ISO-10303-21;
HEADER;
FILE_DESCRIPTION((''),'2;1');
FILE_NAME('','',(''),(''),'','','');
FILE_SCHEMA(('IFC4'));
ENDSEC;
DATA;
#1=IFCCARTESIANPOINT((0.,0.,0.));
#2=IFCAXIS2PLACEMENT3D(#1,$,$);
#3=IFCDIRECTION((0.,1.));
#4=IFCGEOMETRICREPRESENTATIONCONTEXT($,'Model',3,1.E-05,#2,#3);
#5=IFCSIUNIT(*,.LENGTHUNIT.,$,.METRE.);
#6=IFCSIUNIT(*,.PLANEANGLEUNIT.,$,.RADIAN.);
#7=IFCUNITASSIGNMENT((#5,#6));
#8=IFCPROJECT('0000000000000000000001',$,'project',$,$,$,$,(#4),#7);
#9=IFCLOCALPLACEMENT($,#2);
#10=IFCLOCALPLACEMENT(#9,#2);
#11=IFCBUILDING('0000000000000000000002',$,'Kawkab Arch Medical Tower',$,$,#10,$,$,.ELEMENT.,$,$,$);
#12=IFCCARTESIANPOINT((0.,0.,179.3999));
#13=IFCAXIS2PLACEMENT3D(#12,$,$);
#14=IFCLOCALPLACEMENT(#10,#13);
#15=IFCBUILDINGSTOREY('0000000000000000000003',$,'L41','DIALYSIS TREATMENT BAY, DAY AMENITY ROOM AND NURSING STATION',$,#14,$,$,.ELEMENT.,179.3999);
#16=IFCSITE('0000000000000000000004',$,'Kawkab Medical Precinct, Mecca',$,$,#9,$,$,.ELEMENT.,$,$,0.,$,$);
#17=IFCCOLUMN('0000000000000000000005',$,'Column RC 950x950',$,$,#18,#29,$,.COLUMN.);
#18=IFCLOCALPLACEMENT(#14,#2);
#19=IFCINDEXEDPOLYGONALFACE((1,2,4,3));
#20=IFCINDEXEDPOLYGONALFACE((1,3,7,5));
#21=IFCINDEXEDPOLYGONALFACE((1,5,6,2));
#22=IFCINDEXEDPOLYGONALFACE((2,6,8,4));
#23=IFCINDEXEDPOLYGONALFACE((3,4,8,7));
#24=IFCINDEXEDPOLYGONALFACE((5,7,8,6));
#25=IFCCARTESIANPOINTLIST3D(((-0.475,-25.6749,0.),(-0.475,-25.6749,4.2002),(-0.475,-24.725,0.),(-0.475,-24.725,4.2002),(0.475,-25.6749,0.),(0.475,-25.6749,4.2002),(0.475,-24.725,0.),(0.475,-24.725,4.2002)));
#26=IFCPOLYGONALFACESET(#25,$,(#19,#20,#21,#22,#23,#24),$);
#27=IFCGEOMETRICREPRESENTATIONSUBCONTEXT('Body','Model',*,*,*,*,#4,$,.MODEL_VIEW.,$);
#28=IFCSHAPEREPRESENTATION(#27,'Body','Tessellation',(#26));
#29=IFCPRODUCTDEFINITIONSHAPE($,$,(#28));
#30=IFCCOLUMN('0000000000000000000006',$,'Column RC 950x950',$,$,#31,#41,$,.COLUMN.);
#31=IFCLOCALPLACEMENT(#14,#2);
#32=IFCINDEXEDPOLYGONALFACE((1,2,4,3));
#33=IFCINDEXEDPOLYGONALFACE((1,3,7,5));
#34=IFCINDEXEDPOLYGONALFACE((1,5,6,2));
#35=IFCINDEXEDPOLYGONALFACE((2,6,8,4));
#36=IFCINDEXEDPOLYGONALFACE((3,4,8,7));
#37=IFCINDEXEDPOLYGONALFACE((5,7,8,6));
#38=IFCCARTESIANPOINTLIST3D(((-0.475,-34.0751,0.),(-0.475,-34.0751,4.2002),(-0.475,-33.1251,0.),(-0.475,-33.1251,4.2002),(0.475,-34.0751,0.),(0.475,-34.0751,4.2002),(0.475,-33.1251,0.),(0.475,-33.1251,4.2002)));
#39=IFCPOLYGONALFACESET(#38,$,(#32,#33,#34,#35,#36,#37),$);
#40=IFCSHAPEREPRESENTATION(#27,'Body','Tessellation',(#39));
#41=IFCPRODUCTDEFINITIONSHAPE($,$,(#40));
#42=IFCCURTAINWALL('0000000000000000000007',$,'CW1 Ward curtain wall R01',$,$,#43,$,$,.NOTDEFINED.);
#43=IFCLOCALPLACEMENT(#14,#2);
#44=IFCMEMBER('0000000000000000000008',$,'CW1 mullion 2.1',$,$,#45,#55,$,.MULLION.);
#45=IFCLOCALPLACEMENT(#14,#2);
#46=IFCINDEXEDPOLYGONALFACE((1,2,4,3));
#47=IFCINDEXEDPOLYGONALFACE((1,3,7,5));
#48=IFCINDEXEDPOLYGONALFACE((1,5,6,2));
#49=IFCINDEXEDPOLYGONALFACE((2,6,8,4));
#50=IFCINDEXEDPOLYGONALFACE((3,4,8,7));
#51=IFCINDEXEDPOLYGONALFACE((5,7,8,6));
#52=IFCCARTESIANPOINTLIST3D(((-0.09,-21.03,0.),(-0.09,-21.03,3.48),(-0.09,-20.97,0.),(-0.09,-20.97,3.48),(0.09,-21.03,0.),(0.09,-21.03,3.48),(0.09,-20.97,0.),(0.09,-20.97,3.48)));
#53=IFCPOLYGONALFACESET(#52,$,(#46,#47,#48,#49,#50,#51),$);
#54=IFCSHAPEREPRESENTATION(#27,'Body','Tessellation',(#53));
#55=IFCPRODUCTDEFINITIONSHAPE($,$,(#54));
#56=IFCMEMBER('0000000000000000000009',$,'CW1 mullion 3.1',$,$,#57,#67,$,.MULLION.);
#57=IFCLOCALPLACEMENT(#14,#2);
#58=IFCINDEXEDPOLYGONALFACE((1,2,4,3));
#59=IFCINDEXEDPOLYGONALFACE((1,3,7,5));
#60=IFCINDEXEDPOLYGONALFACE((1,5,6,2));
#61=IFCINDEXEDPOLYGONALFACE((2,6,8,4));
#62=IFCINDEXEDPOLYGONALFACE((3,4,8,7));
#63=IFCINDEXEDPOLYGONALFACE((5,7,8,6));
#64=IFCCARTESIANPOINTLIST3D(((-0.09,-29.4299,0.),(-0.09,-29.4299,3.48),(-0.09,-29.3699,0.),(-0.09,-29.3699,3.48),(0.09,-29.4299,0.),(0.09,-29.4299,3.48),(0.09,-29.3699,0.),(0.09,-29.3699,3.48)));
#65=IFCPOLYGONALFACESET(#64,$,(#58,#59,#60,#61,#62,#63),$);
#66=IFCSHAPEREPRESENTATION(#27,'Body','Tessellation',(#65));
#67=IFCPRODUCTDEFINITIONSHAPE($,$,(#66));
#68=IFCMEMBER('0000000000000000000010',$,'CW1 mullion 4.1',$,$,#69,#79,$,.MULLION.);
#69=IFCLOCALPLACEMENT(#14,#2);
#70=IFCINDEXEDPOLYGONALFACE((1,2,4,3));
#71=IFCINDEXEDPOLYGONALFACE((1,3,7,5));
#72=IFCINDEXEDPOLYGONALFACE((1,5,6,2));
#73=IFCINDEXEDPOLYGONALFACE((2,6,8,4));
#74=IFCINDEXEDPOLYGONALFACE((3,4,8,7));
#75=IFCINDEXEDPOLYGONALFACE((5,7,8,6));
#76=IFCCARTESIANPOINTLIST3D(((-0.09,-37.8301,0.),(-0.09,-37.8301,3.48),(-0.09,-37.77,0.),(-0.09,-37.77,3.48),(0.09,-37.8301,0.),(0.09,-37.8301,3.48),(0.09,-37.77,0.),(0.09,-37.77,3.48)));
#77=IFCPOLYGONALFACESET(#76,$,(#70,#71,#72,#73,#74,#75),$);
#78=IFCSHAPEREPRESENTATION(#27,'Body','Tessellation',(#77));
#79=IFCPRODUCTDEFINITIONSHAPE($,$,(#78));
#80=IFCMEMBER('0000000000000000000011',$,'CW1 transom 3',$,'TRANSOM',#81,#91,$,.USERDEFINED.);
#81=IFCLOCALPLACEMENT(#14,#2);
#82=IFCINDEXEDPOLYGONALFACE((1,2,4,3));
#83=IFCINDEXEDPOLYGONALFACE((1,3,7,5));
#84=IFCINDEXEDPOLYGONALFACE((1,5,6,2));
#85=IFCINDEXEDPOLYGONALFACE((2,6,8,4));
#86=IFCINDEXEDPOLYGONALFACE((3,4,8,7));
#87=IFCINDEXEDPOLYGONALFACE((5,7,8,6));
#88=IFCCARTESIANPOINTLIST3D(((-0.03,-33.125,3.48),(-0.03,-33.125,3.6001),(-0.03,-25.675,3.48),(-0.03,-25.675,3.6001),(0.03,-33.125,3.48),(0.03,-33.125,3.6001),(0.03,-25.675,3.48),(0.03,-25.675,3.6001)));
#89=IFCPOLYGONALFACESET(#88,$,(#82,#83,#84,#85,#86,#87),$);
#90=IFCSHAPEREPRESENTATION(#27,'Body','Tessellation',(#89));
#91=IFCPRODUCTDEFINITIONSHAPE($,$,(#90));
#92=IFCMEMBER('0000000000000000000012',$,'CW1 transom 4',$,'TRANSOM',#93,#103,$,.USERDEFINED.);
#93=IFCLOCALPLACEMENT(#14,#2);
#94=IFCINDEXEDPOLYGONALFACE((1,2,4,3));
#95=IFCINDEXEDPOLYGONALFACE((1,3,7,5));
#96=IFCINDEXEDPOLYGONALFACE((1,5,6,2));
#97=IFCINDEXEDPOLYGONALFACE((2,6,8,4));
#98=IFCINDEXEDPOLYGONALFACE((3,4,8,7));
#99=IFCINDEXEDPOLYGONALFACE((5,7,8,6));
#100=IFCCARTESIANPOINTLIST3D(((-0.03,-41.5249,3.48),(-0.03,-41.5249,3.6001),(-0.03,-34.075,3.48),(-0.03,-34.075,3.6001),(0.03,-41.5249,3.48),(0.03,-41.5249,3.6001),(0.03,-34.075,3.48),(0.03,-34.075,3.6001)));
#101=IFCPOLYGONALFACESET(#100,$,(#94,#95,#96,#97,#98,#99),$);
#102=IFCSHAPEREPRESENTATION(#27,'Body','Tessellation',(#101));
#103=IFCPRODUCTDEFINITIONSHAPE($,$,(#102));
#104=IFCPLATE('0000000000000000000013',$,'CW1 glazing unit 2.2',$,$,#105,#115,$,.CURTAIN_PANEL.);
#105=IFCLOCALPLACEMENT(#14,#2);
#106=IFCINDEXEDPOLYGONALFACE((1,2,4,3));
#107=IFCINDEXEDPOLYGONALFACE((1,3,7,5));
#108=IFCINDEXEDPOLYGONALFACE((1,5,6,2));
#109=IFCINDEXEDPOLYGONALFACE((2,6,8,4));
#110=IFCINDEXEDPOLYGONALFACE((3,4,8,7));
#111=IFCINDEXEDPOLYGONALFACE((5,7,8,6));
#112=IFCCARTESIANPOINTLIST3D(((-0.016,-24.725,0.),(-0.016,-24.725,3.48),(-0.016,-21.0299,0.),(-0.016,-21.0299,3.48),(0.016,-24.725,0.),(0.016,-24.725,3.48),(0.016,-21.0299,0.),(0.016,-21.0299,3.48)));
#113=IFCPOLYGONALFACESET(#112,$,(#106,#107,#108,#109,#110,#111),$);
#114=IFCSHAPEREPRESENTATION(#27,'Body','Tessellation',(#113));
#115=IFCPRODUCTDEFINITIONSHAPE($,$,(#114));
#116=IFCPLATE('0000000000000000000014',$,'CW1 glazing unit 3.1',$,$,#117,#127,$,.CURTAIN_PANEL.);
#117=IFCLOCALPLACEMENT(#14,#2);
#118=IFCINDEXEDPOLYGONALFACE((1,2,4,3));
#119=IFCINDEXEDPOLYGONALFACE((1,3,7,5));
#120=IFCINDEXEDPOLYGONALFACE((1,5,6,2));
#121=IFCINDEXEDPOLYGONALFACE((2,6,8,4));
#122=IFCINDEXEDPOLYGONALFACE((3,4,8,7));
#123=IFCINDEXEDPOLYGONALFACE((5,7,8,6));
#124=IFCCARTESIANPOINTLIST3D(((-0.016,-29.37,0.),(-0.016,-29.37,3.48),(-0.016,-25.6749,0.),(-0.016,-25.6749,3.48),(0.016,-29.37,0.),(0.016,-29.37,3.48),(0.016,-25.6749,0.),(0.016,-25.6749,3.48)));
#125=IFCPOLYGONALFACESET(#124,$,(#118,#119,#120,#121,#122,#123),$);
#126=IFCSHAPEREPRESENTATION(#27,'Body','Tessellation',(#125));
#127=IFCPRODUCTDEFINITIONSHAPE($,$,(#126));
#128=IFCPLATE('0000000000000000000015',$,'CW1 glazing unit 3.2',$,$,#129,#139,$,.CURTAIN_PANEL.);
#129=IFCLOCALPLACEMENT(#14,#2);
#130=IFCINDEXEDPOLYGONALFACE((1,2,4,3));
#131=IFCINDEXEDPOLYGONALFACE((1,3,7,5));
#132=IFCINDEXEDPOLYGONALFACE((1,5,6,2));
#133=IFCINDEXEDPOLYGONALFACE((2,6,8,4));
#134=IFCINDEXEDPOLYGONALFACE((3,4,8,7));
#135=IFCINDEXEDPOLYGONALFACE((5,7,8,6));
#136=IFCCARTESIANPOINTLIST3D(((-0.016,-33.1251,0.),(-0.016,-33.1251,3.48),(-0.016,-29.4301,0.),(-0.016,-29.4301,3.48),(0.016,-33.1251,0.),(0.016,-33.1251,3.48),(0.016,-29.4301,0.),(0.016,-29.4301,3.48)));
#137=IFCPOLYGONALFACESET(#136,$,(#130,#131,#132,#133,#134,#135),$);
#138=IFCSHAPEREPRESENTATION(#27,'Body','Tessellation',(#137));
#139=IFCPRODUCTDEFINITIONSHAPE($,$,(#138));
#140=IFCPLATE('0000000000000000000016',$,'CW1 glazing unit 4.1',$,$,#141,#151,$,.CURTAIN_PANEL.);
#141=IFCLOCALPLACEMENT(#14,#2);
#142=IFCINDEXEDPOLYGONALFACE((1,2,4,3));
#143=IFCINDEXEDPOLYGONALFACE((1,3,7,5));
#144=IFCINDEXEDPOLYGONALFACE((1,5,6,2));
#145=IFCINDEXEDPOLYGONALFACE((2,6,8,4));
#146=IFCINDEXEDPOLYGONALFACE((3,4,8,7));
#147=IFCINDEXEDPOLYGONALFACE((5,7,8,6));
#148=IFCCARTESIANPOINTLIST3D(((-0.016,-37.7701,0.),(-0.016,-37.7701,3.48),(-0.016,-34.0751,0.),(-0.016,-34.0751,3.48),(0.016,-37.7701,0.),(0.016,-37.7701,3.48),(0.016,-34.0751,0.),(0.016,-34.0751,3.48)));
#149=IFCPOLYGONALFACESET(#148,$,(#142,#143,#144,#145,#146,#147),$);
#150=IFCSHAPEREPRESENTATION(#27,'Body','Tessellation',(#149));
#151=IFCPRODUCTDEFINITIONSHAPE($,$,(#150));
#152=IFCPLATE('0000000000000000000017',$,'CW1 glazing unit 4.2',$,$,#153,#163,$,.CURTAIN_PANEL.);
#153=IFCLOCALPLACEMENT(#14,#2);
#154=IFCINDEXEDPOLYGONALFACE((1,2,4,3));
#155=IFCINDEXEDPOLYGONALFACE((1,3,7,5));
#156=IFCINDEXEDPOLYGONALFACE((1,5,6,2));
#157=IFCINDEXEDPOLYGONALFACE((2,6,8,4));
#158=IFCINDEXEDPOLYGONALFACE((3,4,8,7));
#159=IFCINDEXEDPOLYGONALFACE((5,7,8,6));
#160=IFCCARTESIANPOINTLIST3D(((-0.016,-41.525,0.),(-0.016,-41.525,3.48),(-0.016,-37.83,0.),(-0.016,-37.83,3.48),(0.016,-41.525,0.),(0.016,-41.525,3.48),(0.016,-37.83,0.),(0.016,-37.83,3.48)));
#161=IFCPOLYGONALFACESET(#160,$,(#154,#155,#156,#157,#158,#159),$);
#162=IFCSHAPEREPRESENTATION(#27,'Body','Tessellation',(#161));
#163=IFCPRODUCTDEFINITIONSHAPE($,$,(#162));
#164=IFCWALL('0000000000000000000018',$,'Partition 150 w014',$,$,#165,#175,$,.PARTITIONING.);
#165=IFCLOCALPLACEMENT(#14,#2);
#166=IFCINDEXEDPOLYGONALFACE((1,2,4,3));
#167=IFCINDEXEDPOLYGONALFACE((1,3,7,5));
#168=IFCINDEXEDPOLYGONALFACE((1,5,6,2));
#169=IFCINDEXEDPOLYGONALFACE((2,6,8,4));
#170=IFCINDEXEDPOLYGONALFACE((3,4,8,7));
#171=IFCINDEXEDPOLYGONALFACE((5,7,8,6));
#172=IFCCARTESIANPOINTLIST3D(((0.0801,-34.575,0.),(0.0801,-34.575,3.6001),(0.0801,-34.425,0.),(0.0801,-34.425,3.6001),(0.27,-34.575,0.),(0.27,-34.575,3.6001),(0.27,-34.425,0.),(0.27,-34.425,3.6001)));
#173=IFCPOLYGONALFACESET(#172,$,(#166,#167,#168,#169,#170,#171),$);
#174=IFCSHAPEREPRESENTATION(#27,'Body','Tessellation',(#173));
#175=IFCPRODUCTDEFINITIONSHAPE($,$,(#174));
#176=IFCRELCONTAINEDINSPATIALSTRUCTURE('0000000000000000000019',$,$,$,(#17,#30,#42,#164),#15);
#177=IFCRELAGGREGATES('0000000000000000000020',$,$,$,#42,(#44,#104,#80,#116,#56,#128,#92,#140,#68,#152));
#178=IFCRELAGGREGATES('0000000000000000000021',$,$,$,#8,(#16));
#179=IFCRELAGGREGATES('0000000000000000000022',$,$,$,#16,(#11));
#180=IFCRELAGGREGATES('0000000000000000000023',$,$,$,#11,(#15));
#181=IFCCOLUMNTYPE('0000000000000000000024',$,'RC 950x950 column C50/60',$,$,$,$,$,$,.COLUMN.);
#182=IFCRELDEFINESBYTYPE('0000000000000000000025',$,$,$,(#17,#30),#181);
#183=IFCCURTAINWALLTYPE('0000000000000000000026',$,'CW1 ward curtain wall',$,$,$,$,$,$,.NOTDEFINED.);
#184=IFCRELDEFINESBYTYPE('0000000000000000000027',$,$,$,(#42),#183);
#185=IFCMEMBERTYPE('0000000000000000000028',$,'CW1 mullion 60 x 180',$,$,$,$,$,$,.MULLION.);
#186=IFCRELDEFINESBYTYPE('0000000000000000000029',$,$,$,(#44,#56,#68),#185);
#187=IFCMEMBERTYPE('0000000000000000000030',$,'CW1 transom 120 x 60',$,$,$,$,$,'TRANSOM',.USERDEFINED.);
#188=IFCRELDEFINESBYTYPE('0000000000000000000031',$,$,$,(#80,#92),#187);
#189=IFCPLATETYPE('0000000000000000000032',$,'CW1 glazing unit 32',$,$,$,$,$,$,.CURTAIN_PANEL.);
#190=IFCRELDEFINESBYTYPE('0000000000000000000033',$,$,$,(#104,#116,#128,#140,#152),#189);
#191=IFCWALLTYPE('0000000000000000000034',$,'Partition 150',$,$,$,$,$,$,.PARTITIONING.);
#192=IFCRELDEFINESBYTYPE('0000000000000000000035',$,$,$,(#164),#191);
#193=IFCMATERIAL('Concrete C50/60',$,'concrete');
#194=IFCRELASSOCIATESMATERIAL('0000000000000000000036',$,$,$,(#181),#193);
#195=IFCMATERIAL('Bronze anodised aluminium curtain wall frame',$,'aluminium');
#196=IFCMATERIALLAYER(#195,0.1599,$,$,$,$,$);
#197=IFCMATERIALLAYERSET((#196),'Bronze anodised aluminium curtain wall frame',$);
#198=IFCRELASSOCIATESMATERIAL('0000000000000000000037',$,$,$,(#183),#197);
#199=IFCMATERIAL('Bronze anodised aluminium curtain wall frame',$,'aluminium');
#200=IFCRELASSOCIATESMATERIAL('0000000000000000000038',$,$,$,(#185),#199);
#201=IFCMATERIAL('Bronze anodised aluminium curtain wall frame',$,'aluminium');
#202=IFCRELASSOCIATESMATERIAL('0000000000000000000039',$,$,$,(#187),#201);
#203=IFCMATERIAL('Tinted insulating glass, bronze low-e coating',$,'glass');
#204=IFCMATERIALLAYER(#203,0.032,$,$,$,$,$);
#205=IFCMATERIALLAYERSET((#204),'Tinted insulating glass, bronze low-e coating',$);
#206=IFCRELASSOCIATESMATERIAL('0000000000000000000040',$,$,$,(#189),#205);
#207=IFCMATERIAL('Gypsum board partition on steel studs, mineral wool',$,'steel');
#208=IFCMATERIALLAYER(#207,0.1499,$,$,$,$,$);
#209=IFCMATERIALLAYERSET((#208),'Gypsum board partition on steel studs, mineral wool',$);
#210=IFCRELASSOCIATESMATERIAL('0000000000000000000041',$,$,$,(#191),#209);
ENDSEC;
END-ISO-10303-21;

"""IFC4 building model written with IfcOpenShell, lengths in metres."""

from ifc_helpers import new_model, si_unit, direction, frame, frame_2d, origin, origin_2d, place, context, subcontext, project, spatial, rectangle, extrude, material, layer, layer_set, material_profile, profile_set, type_object, element, aggregate, save


model = new_model("IFC4")

# Units and contexts
model_context = context("Model", 3, precision=1e-05, world=origin(), true_north=direction((0.0, 1.0)))
body_context = subcontext(model_context, "Body", "Model", "MODEL_VIEW")
ifc_project = project(units=[si_unit("LENGTHUNIT", "METRE"), si_unit("PLANEANGLEUNIT", "RADIAN")], contexts=[model_context])

# Site, building, storey
site_placement = place(None, origin())
site = spatial("IfcSite", under=ifc_project, at=site_placement, Name="Kawkab Medical Precinct, Mecca", CompositionType="ELEMENT", RefElevation=0.0)
building_placement = place(site_placement, origin())
building = spatial("IfcBuilding", under=site, at=building_placement, Name="Kawkab Arch Medical Tower", CompositionType="ELEMENT")
storey_placement = place(building_placement, frame((0.0, 0.0, 179.3999)))
storey = spatial("IfcBuildingStorey", under=building, at=storey_placement, Name="L41", Description="DIALYSIS TREATMENT BAY, DAY AMENITY ROOM AND NURSING STATION", CompositionType="ELEMENT", Elevation=179.3999)

# Columns
ifc_material_1 = material(Name="Concrete C50/60", Category="concrete")
ifc_material_profile_1 = material_profile(ifc_material_1, rectangle(XDim=0.95, YDim=0.95, at=origin_2d()), Name="RC 950x950")
ifc_profile_set_1 = profile_set([ifc_material_profile_1], Name="Concrete C50/60")
column_type = type_object("IfcColumnType", Name="RC 950x950 column C50/60", PredefinedType="COLUMN", material=ifc_profile_set_1)
for number, where, z_axis, x_axis, name in (
    (1, (0.0, -25.2, 0.0), (0.0, 0.0, 1.0), (1.0, 0.0, 0.0), "Column RC 950x950"),
    (2, (0.0, -33.6001, 0.0), (0.0, 0.0, 1.0), (1.0, 0.0, 0.0), "Column RC 950x950"),
):
    element("IfcColumn", number, at=place(storey_placement, frame(where, z_axis=z_axis, x_axis=x_axis)), inside=storey, type_object=column_type, Name=name, PredefinedType="COLUMN", context=body_context, shape_type="SweptSolid", body=[
        extrude(rectangle(XDim=0.95, YDim=0.95, at=origin_2d()), origin(), (0.0, 0.0, 1.0), 4.2002),
    ])

# Curtain wall, members, plates
ifc_material_2 = material(Name="Bronze anodised aluminium curtain wall frame", Category="aluminium")
ifc_layer_1 = layer(ifc_material_2, 0.1599)
ifc_layer_set_1 = layer_set([ifc_layer_1], Name="Bronze anodised aluminium curtain wall frame")
curtain_wall_type = type_object("IfcCurtainWallType", Name="CW1 ward curtain wall", PredefinedType="NOTDEFINED", material=ifc_layer_set_1)
curtain_wall_placement = place(storey_placement, origin())
curtain_wall = element("IfcCurtainWall", 3, at=curtain_wall_placement, inside=storey, type_object=curtain_wall_type, Name="CW1 Ward curtain wall R01", PredefinedType="NOTDEFINED")
ifc_material_3 = material(Name="Bronze anodised aluminium curtain wall frame", Category="aluminium")
ifc_material_profile_2 = material_profile(ifc_material_3, rectangle(XDim=0.1799, YDim=0.0601, at=origin_2d()), Name="AL 60x180")
ifc_profile_set_2 = profile_set([ifc_material_profile_2], Name="Bronze anodised aluminium curtain wall frame")
member_type_1 = type_object("IfcMemberType", Name="CW1 mullion 60 x 180", PredefinedType="MULLION", material=ifc_profile_set_2)
member_1_placement = place(storey_placement, frame((0.0, -21.0, 0.0), z_axis=(0.0, 0.0, 1.0), x_axis=(1.0, 0.0, 0.0)))
member_1 = element("IfcMember", 4, at=member_1_placement, type_object=member_type_1, Name="CW1 mullion 2.1", PredefinedType="MULLION", context=body_context, shape_type="SweptSolid", body=[
    extrude(rectangle(XDim=0.1799, YDim=0.0601, at=origin_2d()), origin(), (0.0, 0.0, 1.0), 3.48),
])
member_2_placement = place(storey_placement, frame((0.0, -29.3999, 0.0), z_axis=(0.0, 0.0, 1.0), x_axis=(1.0, 0.0, 0.0)))
member_2 = element("IfcMember", 5, at=member_2_placement, type_object=member_type_1, Name="CW1 mullion 3.1", PredefinedType="MULLION", context=body_context, shape_type="SweptSolid", body=[
    extrude(rectangle(XDim=0.1799, YDim=0.0601, at=origin_2d()), origin(), (0.0, 0.0, 1.0), 3.48),
])
member_3_placement = place(storey_placement, frame((0.0, -37.8, 0.0), z_axis=(0.0, 0.0, 1.0), x_axis=(1.0, 0.0, 0.0)))
member_3 = element("IfcMember", 6, at=member_3_placement, type_object=member_type_1, Name="CW1 mullion 4.1", PredefinedType="MULLION", context=body_context, shape_type="SweptSolid", body=[
    extrude(rectangle(XDim=0.1799, YDim=0.0601, at=origin_2d()), origin(), (0.0, 0.0, 1.0), 3.48),
])
ifc_material_4 = material(Name="Bronze anodised aluminium curtain wall frame", Category="aluminium")
ifc_material_profile_3 = material_profile(ifc_material_4, rectangle(XDim=0.0601, YDim=0.1201, at=origin_2d()), Name="AL 60x120")
ifc_profile_set_3 = profile_set([ifc_material_profile_3], Name="Bronze anodised aluminium curtain wall frame")
member_type_2 = type_object("IfcMemberType", Name="CW1 transom 120 x 60", ElementType="TRANSOM", PredefinedType="USERDEFINED", material=ifc_profile_set_3)
member_4_placement = place(storey_placement, frame((0.0, -25.675, 3.54), z_axis=(0.0, -1.0, 0.0), x_axis=(1.0, 0.0, 0.0)))
member_4 = element("IfcMember", 7, at=member_4_placement, type_object=member_type_2, Name="CW1 transom 3", ObjectType="TRANSOM", PredefinedType="USERDEFINED", context=body_context, shape_type="SweptSolid", body=[
    extrude(rectangle(XDim=0.0601, YDim=0.1201, at=origin_2d()), origin(), (0.0, 0.0, 1.0), 7.45),
])
member_5_placement = place(storey_placement, frame((0.0, -34.075, 3.54), z_axis=(0.0, -1.0, 0.0), x_axis=(1.0, 0.0, 0.0)))
member_5 = element("IfcMember", 8, at=member_5_placement, type_object=member_type_2, Name="CW1 transom 4", ObjectType="TRANSOM", PredefinedType="USERDEFINED", context=body_context, shape_type="SweptSolid", body=[
    extrude(rectangle(XDim=0.0601, YDim=0.1201, at=origin_2d()), origin(), (0.0, 0.0, 1.0), 7.45),
])
ifc_material_5 = material(Name="Tinted insulating glass, bronze low-e coating", Category="glass")
ifc_layer_2 = layer(ifc_material_5, 0.032)
ifc_layer_set_2 = layer_set([ifc_layer_2], Name="Tinted insulating glass, bronze low-e coating")
plate_type = type_object("IfcPlateType", Name="CW1 glazing unit 32", PredefinedType="CURTAIN_PANEL", material=ifc_layer_set_2)
plate_1_placement = place(storey_placement, frame((0.0, -22.8774, 0.0), z_axis=(0.0, 0.0, 1.0), x_axis=(0.0, -1.0, 0.0)))
plate_1 = element("IfcPlate", 9, at=plate_1_placement, type_object=plate_type, Name="CW1 glazing unit 2.2", PredefinedType="CURTAIN_PANEL", context=body_context, shape_type="SweptSolid", body=[
    extrude(rectangle(XDim=3.6951, YDim=0.032, at=origin_2d()), origin(), (0.0, 0.0, 1.0), 3.48),
])
plate_2_placement = place(storey_placement, frame((0.0, -27.5225, 0.0), z_axis=(0.0, 0.0, 1.0), x_axis=(0.0, -1.0, 0.0)))
plate_2 = element("IfcPlate", 10, at=plate_2_placement, type_object=plate_type, Name="CW1 glazing unit 3.1", PredefinedType="CURTAIN_PANEL", context=body_context, shape_type="SweptSolid", body=[
    extrude(rectangle(XDim=3.6951, YDim=0.032, at=origin_2d()), origin(), (0.0, 0.0, 1.0), 3.48),
])
plate_3_placement = place(storey_placement, frame((0.0, -31.2776, 0.0), z_axis=(0.0, 0.0, 1.0), x_axis=(0.0, -1.0, 0.0)))
plate_3 = element("IfcPlate", 11, at=plate_3_placement, type_object=plate_type, Name="CW1 glazing unit 3.2", PredefinedType="CURTAIN_PANEL", context=body_context, shape_type="SweptSolid", body=[
    extrude(rectangle(XDim=3.6951, YDim=0.032, at=origin_2d()), origin(), (0.0, 0.0, 1.0), 3.48),
])
plate_4_placement = place(storey_placement, frame((0.0, -35.9226, 0.0), z_axis=(0.0, 0.0, 1.0), x_axis=(0.0, -1.0, 0.0)))
plate_4 = element("IfcPlate", 12, at=plate_4_placement, type_object=plate_type, Name="CW1 glazing unit 4.1", PredefinedType="CURTAIN_PANEL", context=body_context, shape_type="SweptSolid", body=[
    extrude(rectangle(XDim=3.6951, YDim=0.032, at=origin_2d()), origin(), (0.0, 0.0, 1.0), 3.48),
])
plate_5_placement = place(storey_placement, frame((0.0, -39.6775, 0.0), z_axis=(0.0, 0.0, 1.0), x_axis=(0.0, -1.0, 0.0)))
plate_5 = element("IfcPlate", 13, at=plate_5_placement, type_object=plate_type, Name="CW1 glazing unit 4.2", PredefinedType="CURTAIN_PANEL", context=body_context, shape_type="SweptSolid", body=[
    extrude(rectangle(XDim=3.6951, YDim=0.032, at=origin_2d()), origin(), (0.0, 0.0, 1.0), 3.48),
])
aggregate(curtain_wall, [member_1, plate_1, member_4, plate_2, member_2, plate_3, member_5, plate_4, member_3, plate_5])

# Wall
ifc_material_6 = material(Name="Gypsum board partition on steel studs, mineral wool", Category="steel")
ifc_layer_3 = layer(ifc_material_6, 0.1499)
ifc_layer_set_3 = layer_set([ifc_layer_3], Name="Gypsum board partition on steel studs, mineral wool")
wall_type_1 = type_object("IfcWallType", Name="Partition 150", PredefinedType="PARTITIONING", material=ifc_layer_set_3)
wall_1_placement = place(storey_placement, frame((0.0801, -34.5, 0.0), z_axis=(0.0, 0.0, 1.0), x_axis=(1.0, 0.0, 0.0)))
element("IfcWall", 14, at=wall_1_placement, inside=storey, type_object=wall_type_1, Name="Partition 150 w014", PredefinedType="PARTITIONING", context=body_context, shape_type="SweptSolid", body=[
    extrude(rectangle(XDim=0.1899, YDim=0.1499, at=frame_2d((0.095, 0.0))), origin(), (0.0, 0.0, 1.0), 3.6001),
])

save(model, "model.ifc")
